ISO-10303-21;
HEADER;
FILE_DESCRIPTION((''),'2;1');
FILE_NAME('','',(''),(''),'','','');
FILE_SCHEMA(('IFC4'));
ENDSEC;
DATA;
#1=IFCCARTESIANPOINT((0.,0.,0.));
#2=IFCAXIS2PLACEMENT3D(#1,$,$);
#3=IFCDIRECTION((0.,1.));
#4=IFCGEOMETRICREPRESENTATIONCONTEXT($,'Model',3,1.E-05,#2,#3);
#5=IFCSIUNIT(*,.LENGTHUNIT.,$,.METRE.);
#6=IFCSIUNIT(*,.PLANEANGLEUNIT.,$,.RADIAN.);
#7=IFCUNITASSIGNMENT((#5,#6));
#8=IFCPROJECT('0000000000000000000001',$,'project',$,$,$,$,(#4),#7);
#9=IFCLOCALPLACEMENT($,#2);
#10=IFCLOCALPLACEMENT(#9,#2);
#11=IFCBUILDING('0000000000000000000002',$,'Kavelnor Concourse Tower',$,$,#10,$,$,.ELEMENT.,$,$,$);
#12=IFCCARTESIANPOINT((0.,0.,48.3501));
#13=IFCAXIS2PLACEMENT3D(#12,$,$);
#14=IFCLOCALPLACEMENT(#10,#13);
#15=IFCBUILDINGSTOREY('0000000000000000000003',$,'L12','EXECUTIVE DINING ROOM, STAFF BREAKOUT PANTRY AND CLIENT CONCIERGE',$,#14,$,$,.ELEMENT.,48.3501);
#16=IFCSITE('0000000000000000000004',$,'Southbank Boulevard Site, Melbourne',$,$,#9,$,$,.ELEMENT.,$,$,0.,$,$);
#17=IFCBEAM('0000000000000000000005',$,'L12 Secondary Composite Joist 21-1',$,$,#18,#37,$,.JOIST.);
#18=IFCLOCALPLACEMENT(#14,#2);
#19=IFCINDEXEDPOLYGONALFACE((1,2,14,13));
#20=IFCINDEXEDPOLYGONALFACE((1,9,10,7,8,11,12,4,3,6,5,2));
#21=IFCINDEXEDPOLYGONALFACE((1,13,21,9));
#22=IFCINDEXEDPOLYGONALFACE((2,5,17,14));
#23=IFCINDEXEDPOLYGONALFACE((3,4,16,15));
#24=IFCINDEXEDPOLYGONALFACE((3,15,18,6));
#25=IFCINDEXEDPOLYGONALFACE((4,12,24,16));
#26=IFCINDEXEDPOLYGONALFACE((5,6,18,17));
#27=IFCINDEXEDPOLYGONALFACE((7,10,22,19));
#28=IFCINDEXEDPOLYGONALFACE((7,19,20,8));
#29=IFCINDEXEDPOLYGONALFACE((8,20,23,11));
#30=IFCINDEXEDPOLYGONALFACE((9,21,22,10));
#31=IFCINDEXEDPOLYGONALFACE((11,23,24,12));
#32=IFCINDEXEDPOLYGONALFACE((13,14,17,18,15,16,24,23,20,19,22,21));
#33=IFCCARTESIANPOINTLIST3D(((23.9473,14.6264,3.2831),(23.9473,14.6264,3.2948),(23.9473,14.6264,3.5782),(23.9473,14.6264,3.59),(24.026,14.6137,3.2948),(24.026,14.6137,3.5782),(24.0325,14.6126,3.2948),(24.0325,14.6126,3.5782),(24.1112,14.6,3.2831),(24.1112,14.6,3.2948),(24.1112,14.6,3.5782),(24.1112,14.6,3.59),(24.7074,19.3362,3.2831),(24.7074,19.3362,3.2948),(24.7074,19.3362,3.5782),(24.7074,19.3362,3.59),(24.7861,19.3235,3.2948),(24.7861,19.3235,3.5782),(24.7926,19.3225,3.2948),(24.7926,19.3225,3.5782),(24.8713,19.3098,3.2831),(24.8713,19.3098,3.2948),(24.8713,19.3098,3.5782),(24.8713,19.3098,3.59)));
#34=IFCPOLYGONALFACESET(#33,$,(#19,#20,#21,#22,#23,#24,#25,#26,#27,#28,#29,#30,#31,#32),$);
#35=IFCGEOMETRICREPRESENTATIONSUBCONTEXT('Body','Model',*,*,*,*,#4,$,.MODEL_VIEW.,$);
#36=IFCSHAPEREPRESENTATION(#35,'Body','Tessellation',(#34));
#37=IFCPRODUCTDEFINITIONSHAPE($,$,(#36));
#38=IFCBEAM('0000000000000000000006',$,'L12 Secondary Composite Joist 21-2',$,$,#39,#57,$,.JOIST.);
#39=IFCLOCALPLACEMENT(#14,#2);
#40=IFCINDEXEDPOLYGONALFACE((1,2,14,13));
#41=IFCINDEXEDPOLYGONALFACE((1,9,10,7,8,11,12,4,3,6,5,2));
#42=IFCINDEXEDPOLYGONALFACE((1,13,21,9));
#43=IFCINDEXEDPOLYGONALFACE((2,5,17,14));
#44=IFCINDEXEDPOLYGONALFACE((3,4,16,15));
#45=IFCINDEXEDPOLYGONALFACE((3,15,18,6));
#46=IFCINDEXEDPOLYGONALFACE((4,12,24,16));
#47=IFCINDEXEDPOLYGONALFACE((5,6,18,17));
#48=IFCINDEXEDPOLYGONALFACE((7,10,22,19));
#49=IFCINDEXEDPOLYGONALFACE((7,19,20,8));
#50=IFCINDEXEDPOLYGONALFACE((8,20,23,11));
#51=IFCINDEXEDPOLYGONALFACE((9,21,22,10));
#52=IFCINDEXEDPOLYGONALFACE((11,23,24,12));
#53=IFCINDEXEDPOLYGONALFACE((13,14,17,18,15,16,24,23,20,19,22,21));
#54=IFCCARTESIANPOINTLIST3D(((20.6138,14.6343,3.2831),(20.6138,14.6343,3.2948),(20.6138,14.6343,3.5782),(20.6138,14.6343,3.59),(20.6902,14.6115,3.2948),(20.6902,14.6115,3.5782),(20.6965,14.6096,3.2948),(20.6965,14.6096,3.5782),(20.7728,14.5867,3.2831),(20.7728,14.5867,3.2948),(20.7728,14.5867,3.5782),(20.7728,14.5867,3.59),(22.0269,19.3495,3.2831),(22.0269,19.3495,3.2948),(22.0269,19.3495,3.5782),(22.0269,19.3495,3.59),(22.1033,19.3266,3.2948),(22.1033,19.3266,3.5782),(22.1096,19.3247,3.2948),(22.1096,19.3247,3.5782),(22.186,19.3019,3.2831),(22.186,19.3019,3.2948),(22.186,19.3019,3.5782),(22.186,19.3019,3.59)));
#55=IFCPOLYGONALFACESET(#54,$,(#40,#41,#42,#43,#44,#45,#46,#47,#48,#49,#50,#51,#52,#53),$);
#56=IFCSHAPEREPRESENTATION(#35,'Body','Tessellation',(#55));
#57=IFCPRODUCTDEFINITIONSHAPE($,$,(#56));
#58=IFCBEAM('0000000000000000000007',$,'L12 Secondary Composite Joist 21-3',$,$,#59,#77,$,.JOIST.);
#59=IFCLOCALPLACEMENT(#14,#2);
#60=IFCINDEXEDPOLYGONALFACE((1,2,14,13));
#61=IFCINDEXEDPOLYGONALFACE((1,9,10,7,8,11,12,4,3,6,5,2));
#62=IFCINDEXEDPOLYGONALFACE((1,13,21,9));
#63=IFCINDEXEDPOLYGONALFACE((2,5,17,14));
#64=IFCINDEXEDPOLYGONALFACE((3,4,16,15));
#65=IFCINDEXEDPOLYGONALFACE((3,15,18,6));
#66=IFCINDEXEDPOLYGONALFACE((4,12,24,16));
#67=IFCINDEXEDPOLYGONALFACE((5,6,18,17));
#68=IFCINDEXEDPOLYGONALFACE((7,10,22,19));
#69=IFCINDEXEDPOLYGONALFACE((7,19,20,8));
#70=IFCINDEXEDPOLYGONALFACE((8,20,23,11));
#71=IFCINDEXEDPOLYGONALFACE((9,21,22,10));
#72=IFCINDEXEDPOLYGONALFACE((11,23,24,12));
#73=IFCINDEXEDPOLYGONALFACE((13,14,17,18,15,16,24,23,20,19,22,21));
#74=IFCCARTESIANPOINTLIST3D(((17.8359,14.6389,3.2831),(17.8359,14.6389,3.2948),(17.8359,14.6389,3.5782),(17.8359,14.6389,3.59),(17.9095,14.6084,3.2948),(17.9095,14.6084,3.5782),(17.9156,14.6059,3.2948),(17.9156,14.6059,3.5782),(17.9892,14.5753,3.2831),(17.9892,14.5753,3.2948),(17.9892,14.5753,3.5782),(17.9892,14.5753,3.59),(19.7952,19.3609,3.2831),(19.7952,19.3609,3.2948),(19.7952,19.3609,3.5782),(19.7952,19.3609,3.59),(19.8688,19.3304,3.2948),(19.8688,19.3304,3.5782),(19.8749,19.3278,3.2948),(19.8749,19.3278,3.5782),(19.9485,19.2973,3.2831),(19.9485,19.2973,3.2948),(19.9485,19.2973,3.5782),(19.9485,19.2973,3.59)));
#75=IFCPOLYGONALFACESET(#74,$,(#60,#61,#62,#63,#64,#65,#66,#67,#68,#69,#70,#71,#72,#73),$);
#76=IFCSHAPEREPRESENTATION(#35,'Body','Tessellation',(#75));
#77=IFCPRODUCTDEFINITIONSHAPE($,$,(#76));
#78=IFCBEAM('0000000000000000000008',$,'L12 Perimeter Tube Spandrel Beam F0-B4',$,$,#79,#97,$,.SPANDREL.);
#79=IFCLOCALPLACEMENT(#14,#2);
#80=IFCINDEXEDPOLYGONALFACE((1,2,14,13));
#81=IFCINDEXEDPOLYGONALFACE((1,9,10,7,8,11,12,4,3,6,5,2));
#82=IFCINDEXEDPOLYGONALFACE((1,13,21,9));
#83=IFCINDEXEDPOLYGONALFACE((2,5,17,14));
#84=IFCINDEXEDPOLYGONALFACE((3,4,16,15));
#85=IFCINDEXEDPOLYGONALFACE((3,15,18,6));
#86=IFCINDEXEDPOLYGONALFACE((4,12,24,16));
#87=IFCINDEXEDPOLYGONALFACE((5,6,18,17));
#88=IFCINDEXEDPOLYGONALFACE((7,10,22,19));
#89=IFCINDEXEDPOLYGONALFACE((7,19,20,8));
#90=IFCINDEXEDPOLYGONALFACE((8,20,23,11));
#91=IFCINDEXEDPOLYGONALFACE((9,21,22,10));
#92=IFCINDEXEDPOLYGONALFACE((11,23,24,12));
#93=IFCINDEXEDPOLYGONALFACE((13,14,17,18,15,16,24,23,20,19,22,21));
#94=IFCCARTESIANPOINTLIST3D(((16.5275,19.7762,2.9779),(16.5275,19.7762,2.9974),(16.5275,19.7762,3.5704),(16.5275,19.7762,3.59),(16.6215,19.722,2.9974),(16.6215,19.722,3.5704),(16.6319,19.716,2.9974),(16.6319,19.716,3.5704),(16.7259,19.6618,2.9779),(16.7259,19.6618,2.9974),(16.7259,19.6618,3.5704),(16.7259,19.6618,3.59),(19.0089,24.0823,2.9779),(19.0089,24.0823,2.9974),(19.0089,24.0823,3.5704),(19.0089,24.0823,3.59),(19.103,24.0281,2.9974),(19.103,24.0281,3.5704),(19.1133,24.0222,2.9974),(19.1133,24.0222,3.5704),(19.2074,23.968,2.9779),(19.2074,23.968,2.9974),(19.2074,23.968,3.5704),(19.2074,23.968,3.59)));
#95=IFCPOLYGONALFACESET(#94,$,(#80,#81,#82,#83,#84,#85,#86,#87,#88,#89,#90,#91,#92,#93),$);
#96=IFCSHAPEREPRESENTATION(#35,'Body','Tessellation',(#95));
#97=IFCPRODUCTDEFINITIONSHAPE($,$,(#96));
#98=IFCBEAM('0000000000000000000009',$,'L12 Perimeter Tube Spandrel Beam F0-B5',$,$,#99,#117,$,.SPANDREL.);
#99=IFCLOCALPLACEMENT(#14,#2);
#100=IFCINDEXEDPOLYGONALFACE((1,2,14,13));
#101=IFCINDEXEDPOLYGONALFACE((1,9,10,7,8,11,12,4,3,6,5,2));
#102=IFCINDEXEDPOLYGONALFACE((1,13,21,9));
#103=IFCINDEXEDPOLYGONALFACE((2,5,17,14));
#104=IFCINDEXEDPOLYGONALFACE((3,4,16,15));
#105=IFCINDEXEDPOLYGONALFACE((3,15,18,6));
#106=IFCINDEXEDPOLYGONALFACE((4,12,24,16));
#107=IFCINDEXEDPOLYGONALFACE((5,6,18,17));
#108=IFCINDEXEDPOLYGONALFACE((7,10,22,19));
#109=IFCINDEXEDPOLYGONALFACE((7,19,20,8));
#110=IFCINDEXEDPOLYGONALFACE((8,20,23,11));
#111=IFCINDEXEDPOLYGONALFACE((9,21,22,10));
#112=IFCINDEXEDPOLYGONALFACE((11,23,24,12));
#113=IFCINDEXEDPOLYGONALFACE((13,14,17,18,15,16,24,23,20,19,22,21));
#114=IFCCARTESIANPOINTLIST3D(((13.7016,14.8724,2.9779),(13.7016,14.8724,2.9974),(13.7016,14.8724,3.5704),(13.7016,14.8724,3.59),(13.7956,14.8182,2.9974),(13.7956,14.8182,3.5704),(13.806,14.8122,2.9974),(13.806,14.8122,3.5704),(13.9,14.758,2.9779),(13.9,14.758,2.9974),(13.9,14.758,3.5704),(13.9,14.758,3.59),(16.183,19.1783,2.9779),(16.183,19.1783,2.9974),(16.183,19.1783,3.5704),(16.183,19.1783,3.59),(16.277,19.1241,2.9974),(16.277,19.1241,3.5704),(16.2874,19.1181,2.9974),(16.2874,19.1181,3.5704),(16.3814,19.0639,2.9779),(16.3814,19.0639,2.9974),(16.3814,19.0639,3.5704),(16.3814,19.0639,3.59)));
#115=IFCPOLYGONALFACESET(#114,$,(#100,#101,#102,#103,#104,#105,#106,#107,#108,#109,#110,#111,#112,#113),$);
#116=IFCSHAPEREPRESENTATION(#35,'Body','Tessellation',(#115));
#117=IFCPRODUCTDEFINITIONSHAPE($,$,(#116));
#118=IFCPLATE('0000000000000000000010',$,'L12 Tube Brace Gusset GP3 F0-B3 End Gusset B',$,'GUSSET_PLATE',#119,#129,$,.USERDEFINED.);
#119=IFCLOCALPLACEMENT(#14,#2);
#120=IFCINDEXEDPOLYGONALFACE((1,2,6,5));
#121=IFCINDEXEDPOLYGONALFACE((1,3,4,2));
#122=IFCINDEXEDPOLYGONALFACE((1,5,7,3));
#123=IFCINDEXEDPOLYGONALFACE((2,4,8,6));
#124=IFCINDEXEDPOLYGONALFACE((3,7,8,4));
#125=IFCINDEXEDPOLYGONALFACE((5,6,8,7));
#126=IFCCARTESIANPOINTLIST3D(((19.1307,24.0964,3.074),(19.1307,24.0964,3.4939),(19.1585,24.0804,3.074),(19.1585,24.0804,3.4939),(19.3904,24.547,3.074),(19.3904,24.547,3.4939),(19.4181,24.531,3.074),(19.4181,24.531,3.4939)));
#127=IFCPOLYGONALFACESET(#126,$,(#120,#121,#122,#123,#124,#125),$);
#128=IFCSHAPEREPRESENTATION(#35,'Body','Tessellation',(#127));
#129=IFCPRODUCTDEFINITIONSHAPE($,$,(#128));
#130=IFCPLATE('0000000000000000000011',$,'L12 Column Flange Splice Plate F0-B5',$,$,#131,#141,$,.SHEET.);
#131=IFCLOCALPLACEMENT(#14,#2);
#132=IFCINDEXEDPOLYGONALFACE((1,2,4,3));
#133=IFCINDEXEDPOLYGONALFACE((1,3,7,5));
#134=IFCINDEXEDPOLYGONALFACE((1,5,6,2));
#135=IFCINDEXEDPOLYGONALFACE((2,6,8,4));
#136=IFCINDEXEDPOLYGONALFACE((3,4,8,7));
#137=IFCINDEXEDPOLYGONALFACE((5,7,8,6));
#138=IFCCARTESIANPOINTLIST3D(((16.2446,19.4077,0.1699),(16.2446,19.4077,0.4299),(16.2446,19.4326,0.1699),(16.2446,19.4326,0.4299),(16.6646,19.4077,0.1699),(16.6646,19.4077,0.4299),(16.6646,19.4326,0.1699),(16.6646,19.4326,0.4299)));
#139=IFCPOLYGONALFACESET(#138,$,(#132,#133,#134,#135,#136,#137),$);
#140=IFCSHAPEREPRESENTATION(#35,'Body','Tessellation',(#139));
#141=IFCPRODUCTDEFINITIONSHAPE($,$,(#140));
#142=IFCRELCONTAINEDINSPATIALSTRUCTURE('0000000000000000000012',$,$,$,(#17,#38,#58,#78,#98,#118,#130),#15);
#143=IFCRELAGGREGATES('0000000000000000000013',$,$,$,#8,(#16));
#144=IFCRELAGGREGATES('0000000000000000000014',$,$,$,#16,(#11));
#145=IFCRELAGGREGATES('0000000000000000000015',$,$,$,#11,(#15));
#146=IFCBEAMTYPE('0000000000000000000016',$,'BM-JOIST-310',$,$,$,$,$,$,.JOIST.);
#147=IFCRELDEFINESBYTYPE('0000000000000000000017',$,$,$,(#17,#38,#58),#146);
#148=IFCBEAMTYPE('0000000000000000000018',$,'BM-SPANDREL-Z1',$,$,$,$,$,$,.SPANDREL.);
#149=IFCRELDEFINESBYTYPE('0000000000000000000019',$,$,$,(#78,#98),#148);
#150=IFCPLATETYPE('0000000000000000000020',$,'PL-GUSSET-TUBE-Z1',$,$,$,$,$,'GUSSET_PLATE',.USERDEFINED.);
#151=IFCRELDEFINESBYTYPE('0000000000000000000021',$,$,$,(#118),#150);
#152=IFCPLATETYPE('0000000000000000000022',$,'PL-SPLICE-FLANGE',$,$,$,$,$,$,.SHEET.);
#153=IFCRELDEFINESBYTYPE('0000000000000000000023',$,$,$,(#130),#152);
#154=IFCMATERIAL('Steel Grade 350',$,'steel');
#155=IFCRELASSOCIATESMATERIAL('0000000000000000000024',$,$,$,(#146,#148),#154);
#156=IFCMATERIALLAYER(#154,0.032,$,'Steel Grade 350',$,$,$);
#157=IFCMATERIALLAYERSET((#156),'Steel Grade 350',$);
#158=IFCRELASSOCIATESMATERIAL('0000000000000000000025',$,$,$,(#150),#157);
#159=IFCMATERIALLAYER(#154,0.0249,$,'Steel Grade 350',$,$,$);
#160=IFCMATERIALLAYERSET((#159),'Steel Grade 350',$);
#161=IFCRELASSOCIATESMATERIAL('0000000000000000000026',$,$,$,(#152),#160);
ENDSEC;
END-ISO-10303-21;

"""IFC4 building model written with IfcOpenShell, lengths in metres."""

from ifc_helpers import new_model, si_unit, direction, frame, origin, origin_2d, place, context, subcontext, project, spatial, rectangle, i_section, extrude, material, layer, layer_set, material_profile, profile_set, type_object, element, save


model = new_model("IFC4")

# Units and contexts
model_context = context("Model", 3, precision=1e-05, world=origin(), true_north=direction((0.0, 1.0)))
body_context = subcontext(model_context, "Body", "Model", "MODEL_VIEW")
ifc_project = project(units=[si_unit("LENGTHUNIT", "METRE"), si_unit("PLANEANGLEUNIT", "RADIAN")], contexts=[model_context])

# Site, building, storey
site_placement = place(None, origin())
site = spatial("IfcSite", under=ifc_project, at=site_placement, Name="Southbank Boulevard Site, Melbourne", CompositionType="ELEMENT", RefElevation=0.0)
building_placement = place(site_placement, origin())
building = spatial("IfcBuilding", under=site, at=building_placement, Name="Kavelnor Concourse Tower", CompositionType="ELEMENT")
storey_placement = place(building_placement, frame((0.0, 0.0, 48.3501)))
storey = spatial("IfcBuildingStorey", under=building, at=storey_placement, Name="L12", Description="EXECUTIVE DINING ROOM, STAFF BREAKOUT PANTRY AND CLIENT CONCIERGE", CompositionType="ELEMENT", Elevation=48.3501)

# Shared definitions
ifc_material = material(Name="Steel Grade 350", Category="steel")

# Beams
ifc_material_profile_1 = material_profile(ifc_material, i_section(OverallWidth=0.166, OverallDepth=0.3069, WebThickness=0.0066, FlangeThickness=0.0117, at=origin_2d()), Name="310UB46")
ifc_profile_set_1 = profile_set([ifc_material_profile_1], Name="Steel Grade 350")
beam_type_1 = type_object("IfcBeamType", Name="BM-JOIST-310", PredefinedType="JOIST", material=ifc_profile_set_1)
beam_1_placement = place(storey_placement, frame((24.7893, 19.323, 3.4365), z_axis=(-0.15931, -0.987229, 0.0), x_axis=(0.987229, -0.15931, 0.0)))
element("IfcBeam", 1, at=beam_1_placement, inside=storey, type_object=beam_type_1, Name="L12 Secondary Composite Joist 21-1", PredefinedType="JOIST", context=body_context, shape_type="SweptSolid", body=[
    extrude(i_section(OverallWidth=0.166, OverallDepth=0.3069, WebThickness=0.0066, FlangeThickness=0.0117, at=origin_2d()), origin(), (0.0, 0.0, 1.0), 4.7708),
])
beam_2_placement = place(storey_placement, frame((22.1064, 19.3257, 3.4365), z_axis=(-0.287079, -0.957907, 0.0), x_axis=(0.957907, -0.287079, 0.0)))
element("IfcBeam", 2, at=beam_2_placement, inside=storey, type_object=beam_type_1, Name="L12 Secondary Composite Joist 21-2", PredefinedType="JOIST", context=body_context, shape_type="SweptSolid", body=[
    extrude(i_section(OverallWidth=0.166, OverallDepth=0.3069, WebThickness=0.0066, FlangeThickness=0.0117, at=origin_2d()), origin(), (0.0, 0.0, 1.0), 4.9224),
])
beam_3_placement = place(storey_placement, frame((19.8718, 19.3291, 3.4365), z_axis=(-0.383242, -0.923648, 0.0), x_axis=(0.923648, -0.383242, 0.0)))
element("IfcBeam", 3, at=beam_3_placement, inside=storey, type_object=beam_type_1, Name="L12 Secondary Composite Joist 21-3", PredefinedType="JOIST", context=body_context, shape_type="SweptSolid", body=[
    extrude(i_section(OverallWidth=0.166, OverallDepth=0.3069, WebThickness=0.0066, FlangeThickness=0.0117, at=origin_2d()), origin(), (0.0, 0.0, 1.0), 5.1123),
])
ifc_material_profile_2 = material_profile(ifc_material, i_section(OverallWidth=0.229, OverallDepth=0.6121, WebThickness=0.012, FlangeThickness=0.0195, at=origin_2d()), Name="610UB125")
ifc_profile_set_2 = profile_set([ifc_material_profile_2], Name="Steel Grade 350")
beam_type_2 = type_object("IfcBeamType", Name="BM-SPANDREL-Z1", PredefinedType="SPANDREL", material=ifc_profile_set_2)
beam_4_placement = place(storey_placement, frame((19.1082, 24.0251, 3.2839), z_axis=(-0.499289, -0.866436, 0.0), x_axis=(0.866436, -0.499289, 0.0)))
element("IfcBeam", 4, at=beam_4_placement, inside=storey, type_object=beam_type_2, Name="L12 Perimeter Tube Spandrel Beam F0-B4", PredefinedType="SPANDREL", context=body_context, shape_type="SweptSolid", body=[
    extrude(i_section(OverallWidth=0.229, OverallDepth=0.6121, WebThickness=0.012, FlangeThickness=0.0195, at=origin_2d()), origin(), (0.0, 0.0, 1.0), 4.97),
])
beam_5_placement = place(storey_placement, frame((16.2822, 19.1211, 3.2839), z_axis=(-0.49931, -0.866423, 0.0), x_axis=(0.866423, -0.49931, 0.0)))
element("IfcBeam", 5, at=beam_5_placement, inside=storey, type_object=beam_type_2, Name="L12 Perimeter Tube Spandrel Beam F0-B5", PredefinedType="SPANDREL", context=body_context, shape_type="SweptSolid", body=[
    extrude(i_section(OverallWidth=0.229, OverallDepth=0.6121, WebThickness=0.012, FlangeThickness=0.0195, at=origin_2d()), origin(), (0.0, 0.0, 1.0), 4.9697),
])

# Plates
ifc_layer_1 = layer(ifc_material, 0.032, Name="Steel Grade 350")
ifc_layer_set_1 = layer_set([ifc_layer_1], Name="Steel Grade 350")
plate_type_1 = type_object("IfcPlateType", Name="PL-GUSSET-TUBE-Z1", ElementType="GUSSET_PLATE", PredefinedType="USERDEFINED", material=ifc_layer_set_1)
plate_1_placement = place(storey_placement, frame((19.2744, 24.3137, 3.074), z_axis=(0.0, 0.0, 1.0), x_axis=(-0.499244, -0.866461, 0.0)))
element("IfcPlate", 6, at=plate_1_placement, inside=storey, type_object=plate_type_1, Name="L12 Tube Brace Gusset GP3 F0-B3 End Gusset B", ObjectType="GUSSET_PLATE", PredefinedType="USERDEFINED", context=body_context, shape_type="SweptSolid", body=[
    extrude(rectangle(XDim=0.52, YDim=0.032, at=origin_2d()), origin(), (0.0, 0.0, 1.0), 0.4199),
])
ifc_layer_2 = layer(ifc_material, 0.0249, Name="Steel Grade 350")
ifc_layer_set_2 = layer_set([ifc_layer_2], Name="Steel Grade 350")
plate_type_2 = type_object("IfcPlateType", Name="PL-SPLICE-FLANGE", PredefinedType="SHEET", material=ifc_layer_set_2)
plate_2_placement = place(storey_placement, frame((16.4546, 19.4202, 0.1699), z_axis=(0.0, 0.0, 1.0), x_axis=(1.0, 0.0, 0.0)))
element("IfcPlate", 7, at=plate_2_placement, inside=storey, type_object=plate_type_2, Name="L12 Column Flange Splice Plate F0-B5", PredefinedType="SHEET", context=body_context, shape_type="SweptSolid", body=[
    extrude(rectangle(XDim=0.4199, YDim=0.0249, at=origin_2d()), origin(), (0.0, 0.0, 1.0), 0.26),
])

save(model, "model.ifc")
